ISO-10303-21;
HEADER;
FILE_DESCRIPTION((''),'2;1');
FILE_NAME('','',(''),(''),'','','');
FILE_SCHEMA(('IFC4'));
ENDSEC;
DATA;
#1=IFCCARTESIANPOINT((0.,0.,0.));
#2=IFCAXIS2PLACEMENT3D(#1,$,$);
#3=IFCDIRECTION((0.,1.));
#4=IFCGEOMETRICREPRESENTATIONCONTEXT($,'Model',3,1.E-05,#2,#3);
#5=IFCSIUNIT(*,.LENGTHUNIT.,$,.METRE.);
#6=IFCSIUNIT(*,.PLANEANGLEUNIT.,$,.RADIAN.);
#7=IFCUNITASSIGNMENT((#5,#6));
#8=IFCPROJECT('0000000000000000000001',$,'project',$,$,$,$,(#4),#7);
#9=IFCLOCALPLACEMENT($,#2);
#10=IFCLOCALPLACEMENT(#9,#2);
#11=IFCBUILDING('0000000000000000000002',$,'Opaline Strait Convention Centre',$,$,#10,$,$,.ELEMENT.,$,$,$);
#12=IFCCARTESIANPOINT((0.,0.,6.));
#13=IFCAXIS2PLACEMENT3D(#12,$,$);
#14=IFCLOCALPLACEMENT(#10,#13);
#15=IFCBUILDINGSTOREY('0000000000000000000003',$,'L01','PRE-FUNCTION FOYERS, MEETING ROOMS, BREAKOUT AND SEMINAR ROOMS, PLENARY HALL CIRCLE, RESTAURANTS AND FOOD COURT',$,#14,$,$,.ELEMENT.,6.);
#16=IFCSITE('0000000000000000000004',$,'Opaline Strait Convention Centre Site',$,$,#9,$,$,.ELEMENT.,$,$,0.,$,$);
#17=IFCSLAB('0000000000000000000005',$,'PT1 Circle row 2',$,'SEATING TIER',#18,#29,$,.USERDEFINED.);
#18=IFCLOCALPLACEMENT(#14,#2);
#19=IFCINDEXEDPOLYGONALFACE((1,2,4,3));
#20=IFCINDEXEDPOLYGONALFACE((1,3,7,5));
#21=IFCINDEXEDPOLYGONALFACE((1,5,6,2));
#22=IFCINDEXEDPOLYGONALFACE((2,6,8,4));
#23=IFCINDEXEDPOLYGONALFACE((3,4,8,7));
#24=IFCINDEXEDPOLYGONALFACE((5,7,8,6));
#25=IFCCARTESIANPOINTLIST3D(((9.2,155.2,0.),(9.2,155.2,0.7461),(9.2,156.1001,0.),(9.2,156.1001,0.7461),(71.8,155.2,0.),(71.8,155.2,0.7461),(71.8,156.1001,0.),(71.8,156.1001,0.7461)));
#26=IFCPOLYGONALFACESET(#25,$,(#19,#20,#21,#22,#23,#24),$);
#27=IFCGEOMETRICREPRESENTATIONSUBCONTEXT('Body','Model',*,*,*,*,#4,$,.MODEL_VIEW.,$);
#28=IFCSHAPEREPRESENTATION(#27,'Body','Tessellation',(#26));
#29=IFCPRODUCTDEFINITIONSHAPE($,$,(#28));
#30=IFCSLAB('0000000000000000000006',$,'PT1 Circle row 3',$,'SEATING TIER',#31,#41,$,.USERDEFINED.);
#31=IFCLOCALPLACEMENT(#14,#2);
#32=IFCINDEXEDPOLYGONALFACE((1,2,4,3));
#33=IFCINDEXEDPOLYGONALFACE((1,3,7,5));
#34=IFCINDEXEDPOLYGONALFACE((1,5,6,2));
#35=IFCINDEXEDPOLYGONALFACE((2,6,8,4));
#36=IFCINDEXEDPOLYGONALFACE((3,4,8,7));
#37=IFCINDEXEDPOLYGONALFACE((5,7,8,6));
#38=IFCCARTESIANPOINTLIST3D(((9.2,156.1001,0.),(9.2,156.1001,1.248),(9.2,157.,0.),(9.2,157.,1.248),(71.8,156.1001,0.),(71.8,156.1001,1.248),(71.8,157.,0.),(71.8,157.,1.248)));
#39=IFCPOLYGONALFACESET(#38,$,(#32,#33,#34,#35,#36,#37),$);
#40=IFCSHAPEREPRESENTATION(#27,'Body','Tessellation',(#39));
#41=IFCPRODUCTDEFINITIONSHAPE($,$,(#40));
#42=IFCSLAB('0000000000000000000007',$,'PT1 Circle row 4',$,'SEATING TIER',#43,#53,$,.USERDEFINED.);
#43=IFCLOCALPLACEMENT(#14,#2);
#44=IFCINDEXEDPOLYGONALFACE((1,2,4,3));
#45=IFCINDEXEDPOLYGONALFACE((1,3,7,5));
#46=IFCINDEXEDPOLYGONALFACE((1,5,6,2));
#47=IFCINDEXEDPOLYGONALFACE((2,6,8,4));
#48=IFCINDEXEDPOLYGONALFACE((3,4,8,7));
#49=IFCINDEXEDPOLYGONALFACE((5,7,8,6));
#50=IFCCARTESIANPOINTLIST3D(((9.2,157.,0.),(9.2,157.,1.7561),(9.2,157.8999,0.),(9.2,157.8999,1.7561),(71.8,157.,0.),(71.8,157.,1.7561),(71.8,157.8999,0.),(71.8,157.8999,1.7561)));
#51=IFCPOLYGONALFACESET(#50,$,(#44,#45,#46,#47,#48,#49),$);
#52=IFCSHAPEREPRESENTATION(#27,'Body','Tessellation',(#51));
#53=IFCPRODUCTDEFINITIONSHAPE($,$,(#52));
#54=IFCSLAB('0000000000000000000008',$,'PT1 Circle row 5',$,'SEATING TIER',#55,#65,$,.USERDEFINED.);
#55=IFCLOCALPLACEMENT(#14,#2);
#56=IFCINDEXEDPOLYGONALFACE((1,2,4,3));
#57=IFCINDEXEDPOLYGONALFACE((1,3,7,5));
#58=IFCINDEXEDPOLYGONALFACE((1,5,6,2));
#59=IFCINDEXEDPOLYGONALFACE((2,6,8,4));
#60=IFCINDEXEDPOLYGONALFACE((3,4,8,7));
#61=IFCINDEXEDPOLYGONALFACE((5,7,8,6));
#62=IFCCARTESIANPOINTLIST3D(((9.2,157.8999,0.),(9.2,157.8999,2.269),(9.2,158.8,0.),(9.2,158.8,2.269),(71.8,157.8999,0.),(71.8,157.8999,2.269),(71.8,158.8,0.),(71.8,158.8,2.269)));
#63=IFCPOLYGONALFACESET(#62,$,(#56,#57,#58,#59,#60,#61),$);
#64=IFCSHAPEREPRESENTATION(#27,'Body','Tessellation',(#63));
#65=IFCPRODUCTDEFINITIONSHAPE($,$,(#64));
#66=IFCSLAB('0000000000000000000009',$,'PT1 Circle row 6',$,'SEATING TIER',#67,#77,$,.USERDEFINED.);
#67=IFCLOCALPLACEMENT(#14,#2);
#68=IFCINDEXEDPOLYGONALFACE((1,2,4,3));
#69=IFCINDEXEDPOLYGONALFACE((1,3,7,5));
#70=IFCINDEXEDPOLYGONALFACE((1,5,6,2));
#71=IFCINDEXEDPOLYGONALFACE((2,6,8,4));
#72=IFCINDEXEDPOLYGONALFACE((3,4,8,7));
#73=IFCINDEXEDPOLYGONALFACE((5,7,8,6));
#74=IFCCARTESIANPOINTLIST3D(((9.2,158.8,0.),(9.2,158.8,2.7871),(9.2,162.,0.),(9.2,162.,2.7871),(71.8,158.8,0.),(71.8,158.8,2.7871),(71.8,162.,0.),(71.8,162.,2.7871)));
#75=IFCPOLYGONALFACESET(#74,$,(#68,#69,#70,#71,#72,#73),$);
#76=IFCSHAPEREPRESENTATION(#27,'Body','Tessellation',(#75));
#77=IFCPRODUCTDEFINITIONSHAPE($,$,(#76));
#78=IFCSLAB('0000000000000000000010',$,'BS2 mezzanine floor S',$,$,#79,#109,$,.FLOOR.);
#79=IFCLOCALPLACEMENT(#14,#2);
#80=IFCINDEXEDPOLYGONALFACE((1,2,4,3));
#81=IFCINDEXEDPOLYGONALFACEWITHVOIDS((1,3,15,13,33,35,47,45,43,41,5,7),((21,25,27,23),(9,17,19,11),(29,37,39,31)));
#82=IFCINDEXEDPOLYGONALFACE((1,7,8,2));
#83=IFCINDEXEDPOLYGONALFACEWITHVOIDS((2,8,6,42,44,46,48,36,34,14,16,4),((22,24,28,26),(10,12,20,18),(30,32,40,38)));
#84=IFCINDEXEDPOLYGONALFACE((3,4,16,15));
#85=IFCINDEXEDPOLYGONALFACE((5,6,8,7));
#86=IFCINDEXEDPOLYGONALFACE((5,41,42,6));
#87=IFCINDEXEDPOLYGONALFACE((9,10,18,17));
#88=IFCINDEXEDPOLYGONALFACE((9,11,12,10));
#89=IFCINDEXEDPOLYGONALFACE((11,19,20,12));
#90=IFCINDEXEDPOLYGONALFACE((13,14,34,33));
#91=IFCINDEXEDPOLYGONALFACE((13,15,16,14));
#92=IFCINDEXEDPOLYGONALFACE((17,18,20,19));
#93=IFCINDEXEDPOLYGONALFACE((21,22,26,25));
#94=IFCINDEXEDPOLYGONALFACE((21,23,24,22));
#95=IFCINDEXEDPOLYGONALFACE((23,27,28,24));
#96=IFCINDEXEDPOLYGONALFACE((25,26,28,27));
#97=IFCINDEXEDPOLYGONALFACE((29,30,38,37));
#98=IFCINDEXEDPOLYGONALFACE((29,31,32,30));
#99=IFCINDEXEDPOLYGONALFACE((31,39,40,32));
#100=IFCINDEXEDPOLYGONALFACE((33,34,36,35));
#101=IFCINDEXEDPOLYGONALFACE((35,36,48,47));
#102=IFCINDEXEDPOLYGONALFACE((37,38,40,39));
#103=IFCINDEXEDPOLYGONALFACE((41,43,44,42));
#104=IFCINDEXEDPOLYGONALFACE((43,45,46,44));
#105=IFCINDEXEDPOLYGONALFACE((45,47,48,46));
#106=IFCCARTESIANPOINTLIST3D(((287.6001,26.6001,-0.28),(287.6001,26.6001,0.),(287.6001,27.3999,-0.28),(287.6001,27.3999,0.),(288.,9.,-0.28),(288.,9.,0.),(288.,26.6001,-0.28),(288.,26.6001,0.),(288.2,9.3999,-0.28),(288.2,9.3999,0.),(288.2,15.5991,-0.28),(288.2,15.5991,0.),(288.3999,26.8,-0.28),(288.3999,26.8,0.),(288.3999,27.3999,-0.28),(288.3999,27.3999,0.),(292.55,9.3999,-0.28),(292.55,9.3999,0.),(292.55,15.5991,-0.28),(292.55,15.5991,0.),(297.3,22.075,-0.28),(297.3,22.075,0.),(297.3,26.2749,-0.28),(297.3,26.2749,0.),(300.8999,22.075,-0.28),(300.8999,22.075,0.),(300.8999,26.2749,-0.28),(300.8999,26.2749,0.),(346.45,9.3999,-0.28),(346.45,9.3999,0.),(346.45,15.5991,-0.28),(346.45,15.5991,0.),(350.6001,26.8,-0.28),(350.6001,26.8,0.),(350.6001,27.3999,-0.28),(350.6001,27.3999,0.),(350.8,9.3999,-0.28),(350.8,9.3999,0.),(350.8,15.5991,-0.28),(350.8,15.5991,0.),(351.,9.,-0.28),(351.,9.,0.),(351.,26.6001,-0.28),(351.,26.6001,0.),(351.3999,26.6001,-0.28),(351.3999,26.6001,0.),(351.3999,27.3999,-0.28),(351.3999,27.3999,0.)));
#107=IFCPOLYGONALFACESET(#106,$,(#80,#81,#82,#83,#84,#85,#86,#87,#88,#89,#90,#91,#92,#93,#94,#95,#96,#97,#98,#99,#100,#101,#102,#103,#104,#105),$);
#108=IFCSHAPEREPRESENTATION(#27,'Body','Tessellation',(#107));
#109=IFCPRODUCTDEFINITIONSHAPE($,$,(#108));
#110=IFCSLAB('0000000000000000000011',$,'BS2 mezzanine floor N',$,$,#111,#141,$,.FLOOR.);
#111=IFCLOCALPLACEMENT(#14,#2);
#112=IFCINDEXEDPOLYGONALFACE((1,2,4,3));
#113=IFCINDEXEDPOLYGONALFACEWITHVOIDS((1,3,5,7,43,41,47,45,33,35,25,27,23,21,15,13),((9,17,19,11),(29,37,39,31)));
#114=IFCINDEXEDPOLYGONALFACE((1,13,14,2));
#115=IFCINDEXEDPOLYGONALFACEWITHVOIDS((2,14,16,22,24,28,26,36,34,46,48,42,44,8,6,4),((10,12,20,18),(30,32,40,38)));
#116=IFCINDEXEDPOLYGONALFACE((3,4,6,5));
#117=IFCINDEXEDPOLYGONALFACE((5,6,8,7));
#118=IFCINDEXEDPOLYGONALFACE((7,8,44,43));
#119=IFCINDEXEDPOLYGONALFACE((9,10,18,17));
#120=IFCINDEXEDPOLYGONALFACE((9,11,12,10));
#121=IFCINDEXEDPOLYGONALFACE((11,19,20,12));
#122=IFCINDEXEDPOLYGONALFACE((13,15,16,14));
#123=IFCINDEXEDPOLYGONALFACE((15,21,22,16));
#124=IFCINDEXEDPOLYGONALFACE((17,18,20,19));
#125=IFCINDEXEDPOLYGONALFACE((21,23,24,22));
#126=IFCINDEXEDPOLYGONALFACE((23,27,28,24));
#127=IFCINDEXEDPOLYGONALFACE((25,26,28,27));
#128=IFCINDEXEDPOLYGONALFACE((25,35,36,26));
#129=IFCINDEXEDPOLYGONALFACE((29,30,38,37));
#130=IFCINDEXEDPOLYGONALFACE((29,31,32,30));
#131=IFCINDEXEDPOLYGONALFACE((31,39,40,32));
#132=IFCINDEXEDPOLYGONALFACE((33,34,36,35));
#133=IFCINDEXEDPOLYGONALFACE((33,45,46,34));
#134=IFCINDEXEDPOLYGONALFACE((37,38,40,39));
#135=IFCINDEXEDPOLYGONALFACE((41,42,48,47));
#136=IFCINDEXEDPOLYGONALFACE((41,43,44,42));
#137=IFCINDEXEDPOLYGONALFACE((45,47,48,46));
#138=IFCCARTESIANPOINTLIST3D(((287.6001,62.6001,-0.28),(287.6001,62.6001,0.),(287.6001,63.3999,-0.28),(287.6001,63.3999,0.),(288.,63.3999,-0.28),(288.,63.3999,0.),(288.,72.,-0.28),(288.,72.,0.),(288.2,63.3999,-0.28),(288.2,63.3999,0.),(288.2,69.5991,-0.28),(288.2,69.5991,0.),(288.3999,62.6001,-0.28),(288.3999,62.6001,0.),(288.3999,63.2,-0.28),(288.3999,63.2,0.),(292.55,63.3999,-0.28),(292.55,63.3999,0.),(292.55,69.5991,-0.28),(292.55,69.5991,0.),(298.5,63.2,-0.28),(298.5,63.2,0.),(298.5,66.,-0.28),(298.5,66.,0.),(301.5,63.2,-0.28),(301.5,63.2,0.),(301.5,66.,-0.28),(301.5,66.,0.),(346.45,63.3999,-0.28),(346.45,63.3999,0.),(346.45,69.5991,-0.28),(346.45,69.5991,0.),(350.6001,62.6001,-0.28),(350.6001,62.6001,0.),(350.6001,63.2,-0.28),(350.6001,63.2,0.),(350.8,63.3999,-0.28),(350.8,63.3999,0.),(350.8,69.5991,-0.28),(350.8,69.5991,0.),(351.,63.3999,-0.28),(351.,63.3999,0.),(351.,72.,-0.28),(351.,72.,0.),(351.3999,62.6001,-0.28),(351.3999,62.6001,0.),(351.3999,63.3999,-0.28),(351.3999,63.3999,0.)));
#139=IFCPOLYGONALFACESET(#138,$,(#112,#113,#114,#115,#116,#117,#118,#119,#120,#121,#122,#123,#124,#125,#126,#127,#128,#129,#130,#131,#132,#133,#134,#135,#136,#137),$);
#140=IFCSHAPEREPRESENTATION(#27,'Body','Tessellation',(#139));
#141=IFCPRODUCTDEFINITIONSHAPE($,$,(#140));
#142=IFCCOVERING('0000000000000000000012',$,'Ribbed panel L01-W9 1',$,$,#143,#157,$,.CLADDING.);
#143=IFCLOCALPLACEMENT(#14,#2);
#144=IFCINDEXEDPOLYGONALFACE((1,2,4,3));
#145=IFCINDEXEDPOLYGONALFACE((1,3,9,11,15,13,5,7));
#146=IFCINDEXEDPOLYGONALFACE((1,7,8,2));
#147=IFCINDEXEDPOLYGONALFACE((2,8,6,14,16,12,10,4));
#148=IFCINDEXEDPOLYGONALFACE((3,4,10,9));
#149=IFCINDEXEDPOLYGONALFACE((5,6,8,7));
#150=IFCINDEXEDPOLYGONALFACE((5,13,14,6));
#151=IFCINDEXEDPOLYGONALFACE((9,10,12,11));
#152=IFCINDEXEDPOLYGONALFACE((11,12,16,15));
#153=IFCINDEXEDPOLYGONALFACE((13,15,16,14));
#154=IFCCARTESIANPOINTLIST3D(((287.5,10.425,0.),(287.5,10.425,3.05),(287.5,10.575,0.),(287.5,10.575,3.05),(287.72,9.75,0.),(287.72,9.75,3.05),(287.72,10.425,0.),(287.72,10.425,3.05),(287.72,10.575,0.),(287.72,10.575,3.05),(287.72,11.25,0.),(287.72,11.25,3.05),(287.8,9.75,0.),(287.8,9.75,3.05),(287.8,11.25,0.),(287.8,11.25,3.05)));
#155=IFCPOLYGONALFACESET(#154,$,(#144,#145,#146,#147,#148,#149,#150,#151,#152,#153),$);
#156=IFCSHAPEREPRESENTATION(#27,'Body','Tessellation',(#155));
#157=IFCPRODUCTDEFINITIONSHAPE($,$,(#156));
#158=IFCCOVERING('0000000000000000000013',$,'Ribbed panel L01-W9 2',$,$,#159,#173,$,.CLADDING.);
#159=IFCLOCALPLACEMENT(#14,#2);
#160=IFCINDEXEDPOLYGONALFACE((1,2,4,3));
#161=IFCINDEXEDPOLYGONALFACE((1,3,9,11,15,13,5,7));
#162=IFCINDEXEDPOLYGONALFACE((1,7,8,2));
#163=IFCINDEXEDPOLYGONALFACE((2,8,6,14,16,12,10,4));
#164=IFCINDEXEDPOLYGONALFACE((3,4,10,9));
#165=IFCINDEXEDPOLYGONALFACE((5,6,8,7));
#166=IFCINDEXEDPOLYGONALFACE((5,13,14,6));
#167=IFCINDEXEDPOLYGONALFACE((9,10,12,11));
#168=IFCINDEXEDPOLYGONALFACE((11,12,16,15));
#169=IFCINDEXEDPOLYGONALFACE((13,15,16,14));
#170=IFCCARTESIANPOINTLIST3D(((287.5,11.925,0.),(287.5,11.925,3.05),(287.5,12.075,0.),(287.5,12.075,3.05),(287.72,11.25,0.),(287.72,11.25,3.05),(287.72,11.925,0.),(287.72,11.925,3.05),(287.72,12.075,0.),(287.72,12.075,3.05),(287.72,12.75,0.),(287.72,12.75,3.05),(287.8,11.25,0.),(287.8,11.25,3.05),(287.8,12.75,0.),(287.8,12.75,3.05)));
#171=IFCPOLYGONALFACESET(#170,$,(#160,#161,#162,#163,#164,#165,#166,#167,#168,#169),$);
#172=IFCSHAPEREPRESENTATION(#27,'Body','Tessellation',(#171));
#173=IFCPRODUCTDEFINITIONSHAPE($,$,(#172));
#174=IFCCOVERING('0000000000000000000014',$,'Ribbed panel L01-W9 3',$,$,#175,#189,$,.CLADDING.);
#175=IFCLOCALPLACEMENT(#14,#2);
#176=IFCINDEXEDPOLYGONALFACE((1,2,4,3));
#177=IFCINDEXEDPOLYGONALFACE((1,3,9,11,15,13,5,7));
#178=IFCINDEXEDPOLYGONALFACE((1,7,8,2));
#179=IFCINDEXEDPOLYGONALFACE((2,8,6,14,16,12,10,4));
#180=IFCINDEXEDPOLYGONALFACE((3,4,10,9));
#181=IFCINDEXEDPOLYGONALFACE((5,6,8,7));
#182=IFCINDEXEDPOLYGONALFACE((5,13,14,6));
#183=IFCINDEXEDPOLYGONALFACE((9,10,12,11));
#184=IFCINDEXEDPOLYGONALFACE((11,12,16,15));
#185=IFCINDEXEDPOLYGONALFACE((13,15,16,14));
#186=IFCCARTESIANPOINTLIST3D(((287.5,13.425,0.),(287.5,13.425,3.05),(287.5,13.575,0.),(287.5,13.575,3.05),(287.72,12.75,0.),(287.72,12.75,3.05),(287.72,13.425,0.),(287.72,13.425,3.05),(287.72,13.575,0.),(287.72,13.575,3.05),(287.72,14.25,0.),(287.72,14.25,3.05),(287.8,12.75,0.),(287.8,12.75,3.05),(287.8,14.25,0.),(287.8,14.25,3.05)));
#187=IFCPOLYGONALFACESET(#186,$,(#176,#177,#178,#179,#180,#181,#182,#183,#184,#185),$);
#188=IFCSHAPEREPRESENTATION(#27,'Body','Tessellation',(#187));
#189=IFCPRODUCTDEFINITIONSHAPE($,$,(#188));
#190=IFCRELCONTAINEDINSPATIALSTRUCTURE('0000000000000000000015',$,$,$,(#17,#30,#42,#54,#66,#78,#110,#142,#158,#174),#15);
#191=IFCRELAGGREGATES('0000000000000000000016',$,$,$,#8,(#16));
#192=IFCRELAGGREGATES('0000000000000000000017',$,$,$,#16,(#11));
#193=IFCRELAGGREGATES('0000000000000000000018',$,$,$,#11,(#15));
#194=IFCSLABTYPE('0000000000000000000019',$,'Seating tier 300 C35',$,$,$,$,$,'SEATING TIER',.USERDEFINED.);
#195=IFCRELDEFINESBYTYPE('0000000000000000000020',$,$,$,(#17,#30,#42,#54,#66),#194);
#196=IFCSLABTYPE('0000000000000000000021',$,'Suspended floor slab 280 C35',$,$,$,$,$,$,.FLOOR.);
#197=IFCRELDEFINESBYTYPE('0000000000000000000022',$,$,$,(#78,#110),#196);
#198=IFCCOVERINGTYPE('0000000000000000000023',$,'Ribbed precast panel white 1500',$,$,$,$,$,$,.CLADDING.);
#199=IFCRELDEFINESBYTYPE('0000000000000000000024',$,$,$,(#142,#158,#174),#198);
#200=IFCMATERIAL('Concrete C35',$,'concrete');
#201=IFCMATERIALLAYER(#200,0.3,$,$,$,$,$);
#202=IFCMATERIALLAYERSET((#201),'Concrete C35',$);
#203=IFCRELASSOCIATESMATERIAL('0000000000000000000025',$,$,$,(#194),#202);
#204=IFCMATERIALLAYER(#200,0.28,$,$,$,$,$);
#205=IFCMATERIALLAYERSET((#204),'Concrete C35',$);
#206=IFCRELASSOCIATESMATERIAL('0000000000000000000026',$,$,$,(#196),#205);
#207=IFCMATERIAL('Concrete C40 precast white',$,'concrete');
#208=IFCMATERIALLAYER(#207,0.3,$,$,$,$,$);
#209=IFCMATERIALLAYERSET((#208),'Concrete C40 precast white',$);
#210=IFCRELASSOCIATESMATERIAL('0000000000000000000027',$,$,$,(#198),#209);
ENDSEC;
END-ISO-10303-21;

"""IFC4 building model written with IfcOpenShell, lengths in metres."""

from ifc_helpers import new_model, si_unit, direction, frame, origin, place, context, subcontext, project, spatial, polyline, outline, extrude, material, layer, layer_set, type_object, element, save


model = new_model("IFC4")

# Units and contexts
model_context = context("Model", 3, precision=1e-05, world=origin(), true_north=direction((0.0, 1.0)))
body_context = subcontext(model_context, "Body", "Model", "MODEL_VIEW")
ifc_project = project(units=[si_unit("LENGTHUNIT", "METRE"), si_unit("PLANEANGLEUNIT", "RADIAN")], contexts=[model_context])

# Site, building, storey
site_placement = place(None, origin())
site = spatial("IfcSite", under=ifc_project, at=site_placement, Name="Opaline Strait Convention Centre Site", CompositionType="ELEMENT", RefElevation=0.0)
building_placement = place(site_placement, origin())
building = spatial("IfcBuilding", under=site, at=building_placement, Name="Opaline Strait Convention Centre", CompositionType="ELEMENT")
storey_placement = place(building_placement, frame((0.0, 0.0, 6.0)))
storey = spatial("IfcBuildingStorey", under=building, at=storey_placement, Name="L01", Description="PRE-FUNCTION FOYERS, MEETING ROOMS, BREAKOUT AND SEMINAR ROOMS, PLENARY HALL CIRCLE, RESTAURANTS AND FOOD COURT", CompositionType="ELEMENT", Elevation=6.0)

# Slabs
ifc_material_1 = material(Name="Concrete C35", Category="concrete")
ifc_layer_1 = layer(ifc_material_1, 0.3)
ifc_layer_set_1 = layer_set([ifc_layer_1], Name="Concrete C35")
slab_type_1 = type_object("IfcSlabType", Name="Seating tier 300 C35", ElementType="SEATING TIER", PredefinedType="USERDEFINED", material=ifc_layer_set_1)
slab_1_placement = place(storey_placement, origin())
element("IfcSlab", 1, at=slab_1_placement, inside=storey, type_object=slab_type_1, Name="PT1 Circle row 2", ObjectType="SEATING TIER", PredefinedType="USERDEFINED", context=body_context, shape_type="SweptSolid", body=[
    extrude(outline(polyline([(9.2, 155.2), (9.2, 156.1001), (71.8, 156.1001), (71.8, 155.2), (9.2, 155.2)])), origin(), (0.0, 0.0, 1.0), 0.7461),
])
slab_2_placement = place(storey_placement, origin())
element("IfcSlab", 2, at=slab_2_placement, inside=storey, type_object=slab_type_1, Name="PT1 Circle row 3", ObjectType="SEATING TIER", PredefinedType="USERDEFINED", context=body_context, shape_type="SweptSolid", body=[
    extrude(outline(polyline([(9.2, 156.1001), (9.2, 157.0), (71.8, 157.0), (71.8, 156.1001), (9.2, 156.1001)])), origin(), (0.0, 0.0, 1.0), 1.248),
])
slab_3_placement = place(storey_placement, origin())
element("IfcSlab", 3, at=slab_3_placement, inside=storey, type_object=slab_type_1, Name="PT1 Circle row 4", ObjectType="SEATING TIER", PredefinedType="USERDEFINED", context=body_context, shape_type="SweptSolid", body=[
    extrude(outline(polyline([(9.2, 157.0), (9.2, 157.8999), (71.8, 157.8999), (71.8, 157.0), (9.2, 157.0)])), origin(), (0.0, 0.0, 1.0), 1.7561),
])
slab_4_placement = place(storey_placement, origin())
element("IfcSlab", 4, at=slab_4_placement, inside=storey, type_object=slab_type_1, Name="PT1 Circle row 5", ObjectType="SEATING TIER", PredefinedType="USERDEFINED", context=body_context, shape_type="SweptSolid", body=[
    extrude(outline(polyline([(9.2, 157.8999), (9.2, 158.8), (71.8, 158.8), (71.8, 157.8999), (9.2, 157.8999)])), origin(), (0.0, 0.0, 1.0), 2.269),
])
slab_5_placement = place(storey_placement, origin())
element("IfcSlab", 5, at=slab_5_placement, inside=storey, type_object=slab_type_1, Name="PT1 Circle row 6", ObjectType="SEATING TIER", PredefinedType="USERDEFINED", context=body_context, shape_type="SweptSolid", body=[
    extrude(outline(polyline([(9.2, 158.8), (9.2, 162.0), (71.8, 162.0), (71.8, 158.8), (9.2, 158.8)])), origin(), (0.0, 0.0, 1.0), 2.7871),
])
ifc_layer_2 = layer(ifc_material_1, 0.28)
ifc_layer_set_2 = layer_set([ifc_layer_2], Name="Concrete C35")
slab_type_2 = type_object("IfcSlabType", Name="Suspended floor slab 280 C35", PredefinedType="FLOOR", material=ifc_layer_set_2)
slab_6_placement = place(storey_placement, frame((0.0, 0.0, -0.28)))
element("IfcSlab", 6, at=slab_6_placement, inside=storey, type_object=slab_type_2, Name="BS2 mezzanine floor S", PredefinedType="FLOOR", context=body_context, shape_type="SweptSolid", body=[
    extrude(outline(polyline([(288.3999, 26.8), (350.6001, 26.8), (350.6001, 27.3999), (351.3999, 27.3999), (351.3999, 26.6001), (351.0, 26.6001), (351.0, 9.0), (288.0, 9.0), (288.0, 26.6001), (287.6001, 26.6001), (287.6001, 27.3999), (288.3999, 27.3999), (288.3999, 26.8)]), holes=[polyline([(300.8999, 26.2749), (297.3, 26.2749), (297.3, 22.075), (300.8999, 22.075), (300.8999, 26.2749)]), polyline([(292.55, 9.3999), (292.55, 15.5991), (288.2, 15.5991), (288.2, 9.3999), (292.55, 9.3999)]), polyline([(346.45, 9.3999), (350.8, 9.3999), (350.8, 15.5991), (346.45, 15.5991), (346.45, 9.3999)])]), origin(), (0.0, 0.0, 1.0), 0.28),
])
slab_7_placement = place(storey_placement, frame((0.0, 0.0, -0.28)))
element("IfcSlab", 7, at=slab_7_placement, inside=storey, type_object=slab_type_2, Name="BS2 mezzanine floor N", PredefinedType="FLOOR", context=body_context, shape_type="SweptSolid", body=[
    extrude(outline(polyline([(288.0, 72.0), (351.0, 72.0), (351.0, 63.3999), (351.3999, 63.3999), (351.3999, 62.6001), (350.6001, 62.6001), (350.6001, 63.2), (301.5, 63.2), (301.5, 66.0), (298.5, 66.0), (298.5, 63.2), (288.3999, 63.2), (288.3999, 62.6001), (287.6001, 62.6001), (287.6001, 63.3999), (288.0, 63.3999), (288.0, 72.0)]), holes=[polyline([(288.2, 69.5991), (288.2, 63.3999), (292.55, 63.3999), (292.55, 69.5991), (288.2, 69.5991)]), polyline([(350.8, 69.5991), (346.45, 69.5991), (346.45, 63.3999), (350.8, 63.3999), (350.8, 69.5991)])]), origin(), (0.0, 0.0, 1.0), 0.28),
])

# Coverings
ifc_material_2 = material(Name="Concrete C40 precast white", Category="concrete")
ifc_layer_3 = layer(ifc_material_2, 0.3)
ifc_layer_set_3 = layer_set([ifc_layer_3], Name="Concrete C40 precast white")
covering_type = type_object("IfcCoveringType", Name="Ribbed precast panel white 1500", PredefinedType="CLADDING", material=ifc_layer_set_3)
covering_1_placement = place(storey_placement, origin())
element("IfcCovering", 8, at=covering_1_placement, inside=storey, type_object=covering_type, Name="Ribbed panel L01-W9 1", PredefinedType="CLADDING", context=body_context, shape_type="SweptSolid", body=[
    extrude(outline(polyline([(287.8, 9.75), (287.8, 11.25), (287.72, 11.25), (287.72, 10.575), (287.5, 10.575), (287.5, 10.425), (287.72, 10.425), (287.72, 9.75), (287.8, 9.75)])), origin(), (0.0, 0.0, 1.0), 3.05),
])
covering_2_placement = place(storey_placement, origin())
element("IfcCovering", 9, at=covering_2_placement, inside=storey, type_object=covering_type, Name="Ribbed panel L01-W9 2", PredefinedType="CLADDING", context=body_context, shape_type="SweptSolid", body=[
    extrude(outline(polyline([(287.8, 11.25), (287.8, 12.75), (287.72, 12.75), (287.72, 12.075), (287.5, 12.075), (287.5, 11.925), (287.72, 11.925), (287.72, 11.25), (287.8, 11.25)])), origin(), (0.0, 0.0, 1.0), 3.05),
])
covering_3_placement = place(storey_placement, origin())
element("IfcCovering", 10, at=covering_3_placement, inside=storey, type_object=covering_type, Name="Ribbed panel L01-W9 3", PredefinedType="CLADDING", context=body_context, shape_type="SweptSolid", body=[
    extrude(outline(polyline([(287.8, 12.75), (287.8, 14.25), (287.72, 14.25), (287.72, 13.575), (287.5, 13.575), (287.5, 13.425), (287.72, 13.425), (287.72, 12.75), (287.8, 12.75)])), origin(), (0.0, 0.0, 1.0), 3.05),
])

save(model, "model.ifc")
